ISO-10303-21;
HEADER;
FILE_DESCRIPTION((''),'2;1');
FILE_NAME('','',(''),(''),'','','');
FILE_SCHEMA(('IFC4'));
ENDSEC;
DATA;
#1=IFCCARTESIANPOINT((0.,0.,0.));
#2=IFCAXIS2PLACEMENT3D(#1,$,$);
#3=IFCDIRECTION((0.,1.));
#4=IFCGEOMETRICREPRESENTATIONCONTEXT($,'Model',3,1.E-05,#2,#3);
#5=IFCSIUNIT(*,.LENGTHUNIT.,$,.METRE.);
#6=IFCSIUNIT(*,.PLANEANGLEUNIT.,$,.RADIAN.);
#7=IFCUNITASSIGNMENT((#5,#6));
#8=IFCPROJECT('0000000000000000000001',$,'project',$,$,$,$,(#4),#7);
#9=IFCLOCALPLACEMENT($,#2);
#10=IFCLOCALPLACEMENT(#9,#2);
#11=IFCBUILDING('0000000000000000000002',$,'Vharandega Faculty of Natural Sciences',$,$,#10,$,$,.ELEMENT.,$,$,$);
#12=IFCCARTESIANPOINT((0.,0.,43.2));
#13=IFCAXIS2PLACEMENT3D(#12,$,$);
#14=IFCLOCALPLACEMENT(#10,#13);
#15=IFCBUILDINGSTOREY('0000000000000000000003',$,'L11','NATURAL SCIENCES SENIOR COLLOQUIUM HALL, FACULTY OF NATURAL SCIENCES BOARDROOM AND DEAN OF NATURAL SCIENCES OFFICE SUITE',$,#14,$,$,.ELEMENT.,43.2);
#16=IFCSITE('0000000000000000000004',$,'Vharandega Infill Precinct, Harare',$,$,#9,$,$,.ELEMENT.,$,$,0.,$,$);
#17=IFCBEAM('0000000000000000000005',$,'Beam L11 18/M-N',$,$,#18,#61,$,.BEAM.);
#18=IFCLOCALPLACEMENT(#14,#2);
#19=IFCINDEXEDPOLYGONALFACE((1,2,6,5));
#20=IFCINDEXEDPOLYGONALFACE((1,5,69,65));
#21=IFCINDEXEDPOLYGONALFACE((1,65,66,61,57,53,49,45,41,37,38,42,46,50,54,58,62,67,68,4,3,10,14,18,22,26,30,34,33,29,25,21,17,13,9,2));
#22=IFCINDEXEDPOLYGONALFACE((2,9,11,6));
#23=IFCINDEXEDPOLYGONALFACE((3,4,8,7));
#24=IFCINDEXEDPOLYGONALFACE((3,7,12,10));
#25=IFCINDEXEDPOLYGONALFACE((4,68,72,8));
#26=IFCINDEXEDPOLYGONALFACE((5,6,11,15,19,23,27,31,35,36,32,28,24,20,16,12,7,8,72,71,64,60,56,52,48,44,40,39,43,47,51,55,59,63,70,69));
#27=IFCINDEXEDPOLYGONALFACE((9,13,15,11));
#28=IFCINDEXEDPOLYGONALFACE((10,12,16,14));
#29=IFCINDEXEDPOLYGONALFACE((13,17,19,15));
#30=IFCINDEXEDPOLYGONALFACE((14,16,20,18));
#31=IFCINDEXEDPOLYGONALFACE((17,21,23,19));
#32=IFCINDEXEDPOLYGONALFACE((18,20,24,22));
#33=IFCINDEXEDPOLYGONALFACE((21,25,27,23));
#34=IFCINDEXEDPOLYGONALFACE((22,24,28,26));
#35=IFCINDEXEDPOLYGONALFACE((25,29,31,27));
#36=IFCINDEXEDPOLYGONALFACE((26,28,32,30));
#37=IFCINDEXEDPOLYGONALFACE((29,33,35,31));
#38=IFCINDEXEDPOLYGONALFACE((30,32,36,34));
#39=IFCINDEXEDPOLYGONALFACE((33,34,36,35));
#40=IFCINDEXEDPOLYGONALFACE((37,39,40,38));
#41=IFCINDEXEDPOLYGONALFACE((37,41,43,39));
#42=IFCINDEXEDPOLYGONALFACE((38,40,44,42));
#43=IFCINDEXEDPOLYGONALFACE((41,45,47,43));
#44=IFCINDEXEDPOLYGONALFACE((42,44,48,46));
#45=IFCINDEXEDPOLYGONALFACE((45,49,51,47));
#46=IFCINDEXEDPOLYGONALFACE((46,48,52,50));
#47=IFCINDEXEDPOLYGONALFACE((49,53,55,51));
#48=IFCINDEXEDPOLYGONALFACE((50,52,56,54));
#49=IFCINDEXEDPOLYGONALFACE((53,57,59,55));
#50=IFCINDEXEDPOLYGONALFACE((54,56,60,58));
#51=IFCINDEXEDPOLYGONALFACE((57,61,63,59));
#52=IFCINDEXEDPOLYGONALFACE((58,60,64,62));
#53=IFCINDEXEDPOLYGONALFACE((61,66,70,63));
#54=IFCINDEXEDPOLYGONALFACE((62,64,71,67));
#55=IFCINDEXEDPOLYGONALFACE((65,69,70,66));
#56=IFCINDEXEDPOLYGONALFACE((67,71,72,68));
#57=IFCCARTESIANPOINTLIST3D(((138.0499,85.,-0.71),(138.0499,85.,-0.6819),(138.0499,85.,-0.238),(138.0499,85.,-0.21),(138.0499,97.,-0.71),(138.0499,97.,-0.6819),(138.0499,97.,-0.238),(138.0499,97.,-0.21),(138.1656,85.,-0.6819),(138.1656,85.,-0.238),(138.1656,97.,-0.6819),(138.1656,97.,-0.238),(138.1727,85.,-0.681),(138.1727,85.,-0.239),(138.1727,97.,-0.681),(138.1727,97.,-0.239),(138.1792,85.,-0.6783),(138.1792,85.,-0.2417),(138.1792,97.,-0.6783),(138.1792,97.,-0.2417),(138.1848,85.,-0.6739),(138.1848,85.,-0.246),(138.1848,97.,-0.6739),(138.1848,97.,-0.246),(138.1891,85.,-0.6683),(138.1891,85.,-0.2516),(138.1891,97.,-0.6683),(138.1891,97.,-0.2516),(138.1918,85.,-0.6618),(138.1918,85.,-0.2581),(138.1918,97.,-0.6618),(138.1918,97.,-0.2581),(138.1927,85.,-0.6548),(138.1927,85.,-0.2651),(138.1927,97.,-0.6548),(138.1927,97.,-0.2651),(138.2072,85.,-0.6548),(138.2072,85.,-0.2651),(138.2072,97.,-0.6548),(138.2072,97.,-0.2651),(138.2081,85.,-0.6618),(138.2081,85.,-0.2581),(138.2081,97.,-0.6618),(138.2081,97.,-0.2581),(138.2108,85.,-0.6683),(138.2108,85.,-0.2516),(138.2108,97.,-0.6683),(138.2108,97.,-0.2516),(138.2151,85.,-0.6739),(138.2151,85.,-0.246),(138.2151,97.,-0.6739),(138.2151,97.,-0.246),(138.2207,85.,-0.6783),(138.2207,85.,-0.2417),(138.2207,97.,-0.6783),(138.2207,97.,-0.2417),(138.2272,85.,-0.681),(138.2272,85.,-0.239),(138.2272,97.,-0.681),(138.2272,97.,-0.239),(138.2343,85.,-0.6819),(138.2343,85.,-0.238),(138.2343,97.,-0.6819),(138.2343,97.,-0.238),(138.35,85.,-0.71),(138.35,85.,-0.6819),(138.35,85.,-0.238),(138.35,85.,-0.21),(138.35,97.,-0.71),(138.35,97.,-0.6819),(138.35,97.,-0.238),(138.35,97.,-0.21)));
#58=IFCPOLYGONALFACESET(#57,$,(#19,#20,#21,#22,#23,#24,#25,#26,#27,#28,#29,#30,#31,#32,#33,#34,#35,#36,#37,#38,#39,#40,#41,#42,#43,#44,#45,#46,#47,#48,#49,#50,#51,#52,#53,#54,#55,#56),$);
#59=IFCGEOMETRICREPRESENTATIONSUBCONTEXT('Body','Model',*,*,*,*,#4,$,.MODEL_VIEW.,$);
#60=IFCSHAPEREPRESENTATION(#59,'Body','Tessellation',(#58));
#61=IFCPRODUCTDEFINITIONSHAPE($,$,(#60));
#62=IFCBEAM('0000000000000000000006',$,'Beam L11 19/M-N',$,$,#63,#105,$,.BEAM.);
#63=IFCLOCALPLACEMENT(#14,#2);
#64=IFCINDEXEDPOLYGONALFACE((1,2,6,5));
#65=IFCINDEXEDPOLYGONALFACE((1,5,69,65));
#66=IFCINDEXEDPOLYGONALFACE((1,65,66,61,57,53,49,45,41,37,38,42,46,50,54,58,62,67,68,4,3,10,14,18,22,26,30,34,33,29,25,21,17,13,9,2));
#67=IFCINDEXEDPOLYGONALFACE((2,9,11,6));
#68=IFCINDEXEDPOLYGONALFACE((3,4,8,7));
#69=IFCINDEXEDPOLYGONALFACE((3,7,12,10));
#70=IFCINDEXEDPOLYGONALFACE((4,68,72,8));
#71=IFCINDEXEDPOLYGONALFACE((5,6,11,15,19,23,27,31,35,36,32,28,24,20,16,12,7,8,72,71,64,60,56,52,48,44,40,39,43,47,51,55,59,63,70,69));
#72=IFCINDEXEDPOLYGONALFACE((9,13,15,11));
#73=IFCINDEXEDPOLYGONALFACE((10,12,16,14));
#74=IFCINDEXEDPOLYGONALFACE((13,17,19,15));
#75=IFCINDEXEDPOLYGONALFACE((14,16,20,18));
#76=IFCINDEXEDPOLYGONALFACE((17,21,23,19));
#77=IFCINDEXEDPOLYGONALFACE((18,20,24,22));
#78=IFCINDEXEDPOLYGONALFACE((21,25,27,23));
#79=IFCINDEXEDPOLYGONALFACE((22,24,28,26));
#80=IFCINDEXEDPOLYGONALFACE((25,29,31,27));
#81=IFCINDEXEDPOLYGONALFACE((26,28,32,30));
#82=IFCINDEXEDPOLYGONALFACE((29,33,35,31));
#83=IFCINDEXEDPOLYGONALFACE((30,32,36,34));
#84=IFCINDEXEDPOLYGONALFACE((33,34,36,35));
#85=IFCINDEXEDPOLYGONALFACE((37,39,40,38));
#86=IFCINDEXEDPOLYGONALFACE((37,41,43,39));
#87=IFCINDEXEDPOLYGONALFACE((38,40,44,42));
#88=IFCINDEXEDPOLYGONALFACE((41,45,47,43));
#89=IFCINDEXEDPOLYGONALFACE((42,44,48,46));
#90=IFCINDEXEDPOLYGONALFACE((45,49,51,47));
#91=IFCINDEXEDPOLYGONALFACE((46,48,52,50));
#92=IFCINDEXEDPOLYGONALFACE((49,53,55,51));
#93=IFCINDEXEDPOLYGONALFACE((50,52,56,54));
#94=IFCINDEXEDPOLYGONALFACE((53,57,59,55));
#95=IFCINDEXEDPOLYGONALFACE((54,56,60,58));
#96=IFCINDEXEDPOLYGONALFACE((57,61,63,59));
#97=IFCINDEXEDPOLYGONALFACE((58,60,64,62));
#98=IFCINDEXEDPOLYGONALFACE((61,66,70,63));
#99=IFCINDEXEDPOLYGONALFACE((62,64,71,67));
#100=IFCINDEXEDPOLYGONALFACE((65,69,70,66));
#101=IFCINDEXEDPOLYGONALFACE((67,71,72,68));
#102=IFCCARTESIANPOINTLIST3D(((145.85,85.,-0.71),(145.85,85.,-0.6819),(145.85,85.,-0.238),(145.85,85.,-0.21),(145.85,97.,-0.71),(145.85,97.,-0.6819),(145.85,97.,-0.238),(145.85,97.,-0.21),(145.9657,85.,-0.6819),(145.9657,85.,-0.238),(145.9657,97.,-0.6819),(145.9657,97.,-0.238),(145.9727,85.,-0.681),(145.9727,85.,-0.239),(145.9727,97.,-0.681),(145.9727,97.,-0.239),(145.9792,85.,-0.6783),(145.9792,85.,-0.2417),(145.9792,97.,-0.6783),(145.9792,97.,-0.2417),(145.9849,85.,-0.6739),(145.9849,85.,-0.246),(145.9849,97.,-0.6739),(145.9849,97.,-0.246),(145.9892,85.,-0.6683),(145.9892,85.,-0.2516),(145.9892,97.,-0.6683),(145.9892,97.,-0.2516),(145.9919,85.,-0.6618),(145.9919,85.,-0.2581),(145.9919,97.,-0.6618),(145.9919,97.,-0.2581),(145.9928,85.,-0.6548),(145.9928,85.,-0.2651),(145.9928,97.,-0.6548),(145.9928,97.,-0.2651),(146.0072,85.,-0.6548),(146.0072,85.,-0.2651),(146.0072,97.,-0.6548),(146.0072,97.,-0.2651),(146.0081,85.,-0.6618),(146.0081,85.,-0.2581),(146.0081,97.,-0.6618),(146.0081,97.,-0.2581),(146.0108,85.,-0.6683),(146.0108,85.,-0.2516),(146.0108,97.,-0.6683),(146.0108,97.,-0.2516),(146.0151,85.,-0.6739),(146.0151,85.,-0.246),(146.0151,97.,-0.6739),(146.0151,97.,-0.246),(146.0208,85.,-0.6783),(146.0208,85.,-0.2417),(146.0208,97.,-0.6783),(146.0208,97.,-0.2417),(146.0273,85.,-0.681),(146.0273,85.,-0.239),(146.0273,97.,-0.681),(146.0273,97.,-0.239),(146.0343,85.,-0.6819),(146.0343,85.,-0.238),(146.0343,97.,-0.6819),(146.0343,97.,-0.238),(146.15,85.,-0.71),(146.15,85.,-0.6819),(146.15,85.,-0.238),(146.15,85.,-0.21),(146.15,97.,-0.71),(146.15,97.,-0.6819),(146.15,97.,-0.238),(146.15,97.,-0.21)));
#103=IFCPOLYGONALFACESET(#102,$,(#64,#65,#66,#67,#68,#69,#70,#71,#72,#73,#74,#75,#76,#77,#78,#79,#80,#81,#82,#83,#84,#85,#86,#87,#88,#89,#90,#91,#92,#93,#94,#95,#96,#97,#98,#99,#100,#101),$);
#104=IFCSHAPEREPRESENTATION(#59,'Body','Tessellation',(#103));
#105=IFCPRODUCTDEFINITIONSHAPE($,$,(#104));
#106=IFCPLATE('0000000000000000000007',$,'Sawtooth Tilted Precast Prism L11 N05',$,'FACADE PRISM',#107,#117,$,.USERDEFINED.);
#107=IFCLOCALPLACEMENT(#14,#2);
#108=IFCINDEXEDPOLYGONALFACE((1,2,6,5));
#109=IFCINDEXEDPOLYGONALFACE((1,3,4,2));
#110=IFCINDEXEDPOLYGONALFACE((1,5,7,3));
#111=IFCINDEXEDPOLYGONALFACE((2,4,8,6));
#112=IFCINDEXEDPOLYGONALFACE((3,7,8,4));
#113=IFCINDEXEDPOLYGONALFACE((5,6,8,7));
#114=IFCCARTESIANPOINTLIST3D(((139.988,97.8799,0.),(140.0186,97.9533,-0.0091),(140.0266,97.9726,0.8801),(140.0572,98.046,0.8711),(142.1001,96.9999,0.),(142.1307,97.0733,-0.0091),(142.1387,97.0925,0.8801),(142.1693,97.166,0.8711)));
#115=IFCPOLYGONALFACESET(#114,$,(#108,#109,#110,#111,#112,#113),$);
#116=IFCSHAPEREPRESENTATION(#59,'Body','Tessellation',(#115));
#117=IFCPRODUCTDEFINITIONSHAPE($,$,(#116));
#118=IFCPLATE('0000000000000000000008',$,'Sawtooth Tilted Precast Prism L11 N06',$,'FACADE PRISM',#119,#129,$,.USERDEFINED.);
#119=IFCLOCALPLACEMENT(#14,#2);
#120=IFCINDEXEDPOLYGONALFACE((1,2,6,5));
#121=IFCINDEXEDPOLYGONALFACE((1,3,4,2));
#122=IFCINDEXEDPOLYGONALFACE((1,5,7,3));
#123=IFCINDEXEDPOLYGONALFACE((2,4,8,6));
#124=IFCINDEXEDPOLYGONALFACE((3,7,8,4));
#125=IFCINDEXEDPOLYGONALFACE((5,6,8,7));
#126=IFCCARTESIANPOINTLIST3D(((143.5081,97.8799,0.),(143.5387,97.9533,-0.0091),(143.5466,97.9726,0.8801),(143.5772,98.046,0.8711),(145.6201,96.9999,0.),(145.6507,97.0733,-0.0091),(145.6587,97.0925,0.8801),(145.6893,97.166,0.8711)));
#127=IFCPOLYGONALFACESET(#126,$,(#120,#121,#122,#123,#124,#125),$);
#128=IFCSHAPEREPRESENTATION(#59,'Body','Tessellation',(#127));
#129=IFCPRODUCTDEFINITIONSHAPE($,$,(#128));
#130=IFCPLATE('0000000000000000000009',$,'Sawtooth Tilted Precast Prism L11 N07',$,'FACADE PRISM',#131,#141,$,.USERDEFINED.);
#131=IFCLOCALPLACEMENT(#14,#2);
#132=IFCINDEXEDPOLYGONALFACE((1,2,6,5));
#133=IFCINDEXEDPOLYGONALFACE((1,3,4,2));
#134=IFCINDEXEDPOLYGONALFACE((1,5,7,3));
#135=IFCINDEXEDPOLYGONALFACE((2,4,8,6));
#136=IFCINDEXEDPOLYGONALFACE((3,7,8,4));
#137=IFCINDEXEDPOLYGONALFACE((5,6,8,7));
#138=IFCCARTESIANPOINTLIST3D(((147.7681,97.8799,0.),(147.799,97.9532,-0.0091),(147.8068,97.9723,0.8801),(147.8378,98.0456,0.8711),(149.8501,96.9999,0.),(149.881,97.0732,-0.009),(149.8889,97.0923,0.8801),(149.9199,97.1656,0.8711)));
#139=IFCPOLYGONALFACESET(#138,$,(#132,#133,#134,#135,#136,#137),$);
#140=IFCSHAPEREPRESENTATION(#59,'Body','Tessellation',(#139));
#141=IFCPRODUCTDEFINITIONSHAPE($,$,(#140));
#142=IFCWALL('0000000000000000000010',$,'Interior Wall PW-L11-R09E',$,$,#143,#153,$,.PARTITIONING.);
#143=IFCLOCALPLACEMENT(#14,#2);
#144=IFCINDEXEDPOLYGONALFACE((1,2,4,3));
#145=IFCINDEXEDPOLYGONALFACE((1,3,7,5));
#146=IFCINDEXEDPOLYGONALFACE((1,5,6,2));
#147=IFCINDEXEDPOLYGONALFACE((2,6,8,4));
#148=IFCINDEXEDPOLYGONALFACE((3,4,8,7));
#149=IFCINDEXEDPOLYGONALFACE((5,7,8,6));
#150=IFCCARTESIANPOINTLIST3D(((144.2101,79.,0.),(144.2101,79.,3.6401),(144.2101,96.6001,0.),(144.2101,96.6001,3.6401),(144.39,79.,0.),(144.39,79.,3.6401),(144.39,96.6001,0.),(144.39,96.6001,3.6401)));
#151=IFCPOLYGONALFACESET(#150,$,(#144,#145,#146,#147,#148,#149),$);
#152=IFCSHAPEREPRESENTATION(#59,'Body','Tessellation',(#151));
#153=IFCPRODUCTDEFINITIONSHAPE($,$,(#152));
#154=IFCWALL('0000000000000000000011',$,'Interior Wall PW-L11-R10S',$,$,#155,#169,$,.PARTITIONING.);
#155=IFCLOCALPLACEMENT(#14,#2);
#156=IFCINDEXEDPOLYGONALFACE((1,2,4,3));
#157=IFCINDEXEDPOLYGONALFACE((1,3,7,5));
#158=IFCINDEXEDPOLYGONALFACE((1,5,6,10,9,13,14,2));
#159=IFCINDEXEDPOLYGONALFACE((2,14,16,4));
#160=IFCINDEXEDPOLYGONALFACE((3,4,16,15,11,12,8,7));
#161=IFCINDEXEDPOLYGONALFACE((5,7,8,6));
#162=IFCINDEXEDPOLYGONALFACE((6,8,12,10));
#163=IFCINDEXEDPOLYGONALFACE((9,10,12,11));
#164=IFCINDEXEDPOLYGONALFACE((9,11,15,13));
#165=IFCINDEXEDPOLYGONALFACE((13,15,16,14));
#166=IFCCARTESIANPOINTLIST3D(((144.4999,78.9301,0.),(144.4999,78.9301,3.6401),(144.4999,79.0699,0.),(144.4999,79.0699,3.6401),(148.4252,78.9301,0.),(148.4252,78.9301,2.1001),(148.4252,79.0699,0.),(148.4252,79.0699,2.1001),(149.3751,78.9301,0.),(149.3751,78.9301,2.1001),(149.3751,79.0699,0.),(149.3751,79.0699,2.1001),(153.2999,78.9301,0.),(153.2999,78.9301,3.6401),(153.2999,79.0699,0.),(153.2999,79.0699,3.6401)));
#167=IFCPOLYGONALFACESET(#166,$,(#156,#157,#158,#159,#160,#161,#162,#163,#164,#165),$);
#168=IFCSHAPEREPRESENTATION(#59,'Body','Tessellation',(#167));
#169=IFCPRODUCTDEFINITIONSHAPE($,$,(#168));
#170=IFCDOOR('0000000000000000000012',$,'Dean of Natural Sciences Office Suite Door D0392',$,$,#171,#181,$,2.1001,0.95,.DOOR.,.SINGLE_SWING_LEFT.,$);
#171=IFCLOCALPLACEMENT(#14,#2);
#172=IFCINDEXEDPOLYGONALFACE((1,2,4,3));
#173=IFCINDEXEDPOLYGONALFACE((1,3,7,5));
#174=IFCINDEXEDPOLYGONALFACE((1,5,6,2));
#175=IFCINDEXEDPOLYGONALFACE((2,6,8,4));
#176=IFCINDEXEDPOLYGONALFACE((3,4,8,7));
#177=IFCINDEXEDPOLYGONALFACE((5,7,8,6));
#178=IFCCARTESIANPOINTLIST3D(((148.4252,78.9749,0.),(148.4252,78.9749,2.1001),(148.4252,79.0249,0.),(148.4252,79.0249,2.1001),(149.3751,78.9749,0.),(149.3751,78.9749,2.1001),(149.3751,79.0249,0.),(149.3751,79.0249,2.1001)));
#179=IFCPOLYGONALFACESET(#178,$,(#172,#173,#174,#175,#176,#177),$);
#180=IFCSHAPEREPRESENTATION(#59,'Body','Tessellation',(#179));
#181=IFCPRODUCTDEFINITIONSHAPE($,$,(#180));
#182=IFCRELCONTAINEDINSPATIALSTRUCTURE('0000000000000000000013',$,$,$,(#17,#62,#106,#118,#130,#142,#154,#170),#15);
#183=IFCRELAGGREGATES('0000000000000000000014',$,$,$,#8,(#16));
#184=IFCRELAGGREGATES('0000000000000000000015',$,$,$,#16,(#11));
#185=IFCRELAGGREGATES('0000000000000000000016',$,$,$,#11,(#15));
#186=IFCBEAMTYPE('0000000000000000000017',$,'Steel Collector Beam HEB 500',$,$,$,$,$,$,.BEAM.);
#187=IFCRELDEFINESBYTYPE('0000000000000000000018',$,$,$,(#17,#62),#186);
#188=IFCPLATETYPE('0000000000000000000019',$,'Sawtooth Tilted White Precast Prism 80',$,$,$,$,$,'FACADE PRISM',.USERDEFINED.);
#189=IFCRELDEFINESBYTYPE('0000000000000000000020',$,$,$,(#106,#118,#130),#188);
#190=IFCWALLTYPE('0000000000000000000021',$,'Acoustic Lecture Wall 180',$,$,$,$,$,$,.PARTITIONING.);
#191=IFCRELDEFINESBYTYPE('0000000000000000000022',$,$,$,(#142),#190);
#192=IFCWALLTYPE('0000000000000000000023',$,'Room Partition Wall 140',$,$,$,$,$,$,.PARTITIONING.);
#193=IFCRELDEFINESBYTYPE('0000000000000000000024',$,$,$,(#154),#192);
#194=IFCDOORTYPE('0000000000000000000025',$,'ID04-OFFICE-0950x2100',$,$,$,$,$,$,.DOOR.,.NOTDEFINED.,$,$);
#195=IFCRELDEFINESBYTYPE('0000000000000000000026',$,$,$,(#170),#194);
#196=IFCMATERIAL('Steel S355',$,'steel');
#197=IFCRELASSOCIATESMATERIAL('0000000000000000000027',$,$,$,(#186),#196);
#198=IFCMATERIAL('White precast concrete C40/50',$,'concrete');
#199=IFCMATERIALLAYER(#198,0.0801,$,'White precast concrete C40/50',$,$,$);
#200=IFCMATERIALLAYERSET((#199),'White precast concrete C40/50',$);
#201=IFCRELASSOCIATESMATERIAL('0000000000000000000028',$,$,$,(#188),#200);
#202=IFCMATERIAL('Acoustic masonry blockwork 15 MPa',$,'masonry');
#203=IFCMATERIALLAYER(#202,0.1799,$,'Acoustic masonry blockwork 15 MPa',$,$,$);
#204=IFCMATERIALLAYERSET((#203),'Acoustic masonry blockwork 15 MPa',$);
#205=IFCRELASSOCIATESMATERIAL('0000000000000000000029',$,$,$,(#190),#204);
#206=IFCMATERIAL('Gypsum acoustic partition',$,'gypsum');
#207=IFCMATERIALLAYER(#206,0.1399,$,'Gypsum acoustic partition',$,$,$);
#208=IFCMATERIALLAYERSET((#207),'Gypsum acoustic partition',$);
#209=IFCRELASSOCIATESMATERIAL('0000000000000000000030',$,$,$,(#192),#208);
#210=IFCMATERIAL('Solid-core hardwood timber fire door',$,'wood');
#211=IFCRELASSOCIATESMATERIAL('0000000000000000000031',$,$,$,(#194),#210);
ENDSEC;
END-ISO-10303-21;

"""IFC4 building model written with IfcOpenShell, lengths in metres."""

from ifc_helpers import new_model, si_unit, direction, frame, frame_2d, origin, origin_2d, place, context, subcontext, project, spatial, polyline, rectangle, i_section, outline, extrude, material, layer, layer_set, material_profile, profile_set, type_object, element, fill, save


model = new_model("IFC4")

# Units and contexts
model_context = context("Model", 3, precision=1e-05, world=origin(), true_north=direction((0.0, 1.0)))
body_context = subcontext(model_context, "Body", "Model", "MODEL_VIEW")
ifc_project = project(units=[si_unit("LENGTHUNIT", "METRE"), si_unit("PLANEANGLEUNIT", "RADIAN")], contexts=[model_context])

# Site, building, storey
site_placement = place(None, origin())
site = spatial("IfcSite", under=ifc_project, at=site_placement, Name="Vharandega Infill Precinct, Harare", CompositionType="ELEMENT", RefElevation=0.0)
building_placement = place(site_placement, origin())
building = spatial("IfcBuilding", under=site, at=building_placement, Name="Vharandega Faculty of Natural Sciences", CompositionType="ELEMENT")
storey_placement = place(building_placement, frame((0.0, 0.0, 43.2)))
storey = spatial("IfcBuildingStorey", under=building, at=storey_placement, Name="L11", Description="NATURAL SCIENCES SENIOR COLLOQUIUM HALL, FACULTY OF NATURAL SCIENCES BOARDROOM AND DEAN OF NATURAL SCIENCES OFFICE SUITE", CompositionType="ELEMENT", Elevation=43.2)

# Beams
ifc_material_1 = material(Name="Steel S355", Category="steel")
ifc_material_profile_1 = material_profile(ifc_material_1, i_section(OverallWidth=0.3, OverallDepth=0.5, WebThickness=0.0144, FlangeThickness=0.0281, FilletRadius=0.0271, at=origin_2d()), Name="HEB 500")
ifc_profile_set_1 = profile_set([ifc_material_profile_1], Name="Steel S355")
beam_type_1 = type_object("IfcBeamType", Name="Steel Collector Beam HEB 500", PredefinedType="BEAM", material=ifc_profile_set_1)
for number, where, z_axis, x_axis, name in (
    (1, (138.2, 85.0, -0.46), (0.0, 1.0, 0.0), (-1.0, 0.0, 0.0), "Beam L11 18/M-N"),
    (2, (146.0, 85.0, -0.46), (0.0, 1.0, 0.0), (-1.0, 0.0, 0.0), "Beam L11 19/M-N"),
):
    element("IfcBeam", number, at=place(storey_placement, frame(where, z_axis=z_axis, x_axis=x_axis)), inside=storey, type_object=beam_type_1, Name=name, PredefinedType="BEAM", context=body_context, shape_type="SweptSolid", body=[
        extrude(i_section(OverallWidth=0.3, OverallDepth=0.5, WebThickness=0.0144, FlangeThickness=0.0281, FilletRadius=0.0271, at=origin_2d()), origin(), (0.0, 0.0, 1.0), 12.0),
    ])

# Plates
ifc_material_2 = material(Name="White precast concrete C40/50", Category="concrete")
ifc_layer_1 = layer(ifc_material_2, 0.0801, Name="White precast concrete C40/50")
ifc_layer_set_1 = layer_set([ifc_layer_1], Name="White precast concrete C40/50")
plate_type = type_object("IfcPlateType", Name="Sawtooth Tilted White Precast Prism 80", ElementType="FACADE PRISM", PredefinedType="USERDEFINED", material=ifc_layer_set_1)
for number, where, z_axis, x_axis, name in (
    (3, (139.988, 97.8799, 0.0), (-0.382131, -0.917137, 0.113295), (0.043497, 0.104613, 0.993561), "Sawtooth Tilted Precast Prism L11 N05"),
    (4, (143.5081, 97.8799, 0.0), (-0.382131, -0.917137, 0.113295), (0.043497, 0.104613, 0.993561), "Sawtooth Tilted Precast Prism L11 N06"),
):
    element("IfcPlate", number, at=place(storey_placement, frame(where, z_axis=z_axis, x_axis=x_axis)), inside=storey, type_object=plate_type, Name=name, ObjectType="FACADE PRISM", PredefinedType="USERDEFINED", context=body_context, shape_type="SweptSolid", body=[
        extrude(outline(polyline([(0.0, 0.0), (0.8858, 0.0), (0.8856, -2.2881), (-0.0002, -2.288), (0.0, 0.0)])), origin(), (0.0, 0.0, -1.0), 0.0801),
    ])
plate_placement = place(storey_placement, frame((147.7681, 97.8799, 0.0), z_axis=(-0.386819, -0.915188, 0.113149), x_axis=(0.043773, 0.10434, 0.993578)))
element("IfcPlate", 5, at=plate_placement, inside=storey, type_object=plate_type, Name="Sawtooth Tilted Precast Prism L11 N07", ObjectType="FACADE PRISM", PredefinedType="USERDEFINED", context=body_context, shape_type="SweptSolid", body=[
    extrude(outline(polyline([(0.0, 0.0), (0.8858, 0.0), (0.8851, -2.2604), (-0.0007, -2.2603), (0.0, 0.0)])), origin(), (0.0, 0.0, -1.0), 0.0801),
])

# Wall
ifc_material_3 = material(Name="Acoustic masonry blockwork 15 MPa", Category="masonry")
ifc_layer_2 = layer(ifc_material_3, 0.1799, Name="Acoustic masonry blockwork 15 MPa")
ifc_layer_set_2 = layer_set([ifc_layer_2], Name="Acoustic masonry blockwork 15 MPa")
wall_type_1 = type_object("IfcWallType", Name="Acoustic Lecture Wall 180", PredefinedType="PARTITIONING", material=ifc_layer_set_2)
wall_1_placement = place(storey_placement, frame((144.3, 79.0, 0.0), z_axis=(0.0, 0.0, 1.0), x_axis=(0.0, 1.0, 0.0)))
element("IfcWall", 6, at=wall_1_placement, inside=storey, type_object=wall_type_1, Name="Interior Wall PW-L11-R09E", PredefinedType="PARTITIONING", context=body_context, shape_type="SweptSolid", body=[
    extrude(rectangle(XDim=17.6001, YDim=0.1799, at=frame_2d((8.8, 0.0))), origin(), (0.0, 0.0, 1.0), 3.6401),
])

# Wall, opening, door
ifc_material_4 = material(Name="Gypsum acoustic partition", Category="gypsum")
ifc_layer_3 = layer(ifc_material_4, 0.1399, Name="Gypsum acoustic partition")
ifc_layer_set_3 = layer_set([ifc_layer_3], Name="Gypsum acoustic partition")
wall_type_2 = type_object("IfcWallType", Name="Room Partition Wall 140", PredefinedType="PARTITIONING", material=ifc_layer_set_3)
wall_2_placement = place(storey_placement, frame((144.5, 79.0, 0.0), z_axis=(0.0, 0.0, 1.0), x_axis=(1.0, 0.0, 0.0)))
wall_2 = element("IfcWall", 7, at=wall_2_placement, inside=storey, type_object=wall_type_2, Name="Interior Wall PW-L11-R10S", PredefinedType="PARTITIONING", context=body_context, shape_type="SweptSolid", body=[
    extrude(rectangle(XDim=8.8, YDim=0.1399, at=frame_2d((4.3999, 0.0))), origin(), (0.0, 0.0, 1.0), 3.6401),
])
opening_1_placement = place(wall_2_placement, frame((3.925, 0.0, 0.0)))
opening_1 = element("IfcOpeningElement", 8, at=opening_1_placement, cuts=wall_2, PredefinedType="OPENING", context=body_context, shape_type="SweptSolid", body=[
    extrude(rectangle(XDim=0.95, YDim=2.1001, at=frame_2d((0.4751, 1.05))), frame((0.0, 0.0801, 0.0), z_axis=(0.0, -1.0, 0.0), x_axis=(1.0, 0.0, 0.0)), (0.0, 0.0, 1.0), 0.1599),
])
ifc_material_5 = material(Name="Solid-core hardwood timber fire door", Category="wood")
door_type = type_object("IfcDoorType", Name="ID04-OFFICE-0950x2100", OperationType="NOTDEFINED", PredefinedType="DOOR", material=ifc_material_5)
door_placement = place(opening_1_placement, origin())
door = element("IfcDoor", 9, at=door_placement, inside=storey, type_object=door_type, Name="Dean of Natural Sciences Office Suite Door D0392", OperationType="SINGLE_SWING_LEFT", OverallHeight=2.1001, OverallWidth=0.95, PredefinedType="DOOR", context=body_context, shape_type="SweptSolid", body=[
    extrude(rectangle(XDim=0.95, YDim=2.1001, at=frame_2d((0.4751, 1.05))), frame((0.0, 0.0249, 0.0), z_axis=(0.0, -1.0, 0.0), x_axis=(1.0, 0.0, 0.0)), (0.0, 0.0, 1.0), 0.05),
])
fill(opening_1, door)

save(model, "model.ifc")
